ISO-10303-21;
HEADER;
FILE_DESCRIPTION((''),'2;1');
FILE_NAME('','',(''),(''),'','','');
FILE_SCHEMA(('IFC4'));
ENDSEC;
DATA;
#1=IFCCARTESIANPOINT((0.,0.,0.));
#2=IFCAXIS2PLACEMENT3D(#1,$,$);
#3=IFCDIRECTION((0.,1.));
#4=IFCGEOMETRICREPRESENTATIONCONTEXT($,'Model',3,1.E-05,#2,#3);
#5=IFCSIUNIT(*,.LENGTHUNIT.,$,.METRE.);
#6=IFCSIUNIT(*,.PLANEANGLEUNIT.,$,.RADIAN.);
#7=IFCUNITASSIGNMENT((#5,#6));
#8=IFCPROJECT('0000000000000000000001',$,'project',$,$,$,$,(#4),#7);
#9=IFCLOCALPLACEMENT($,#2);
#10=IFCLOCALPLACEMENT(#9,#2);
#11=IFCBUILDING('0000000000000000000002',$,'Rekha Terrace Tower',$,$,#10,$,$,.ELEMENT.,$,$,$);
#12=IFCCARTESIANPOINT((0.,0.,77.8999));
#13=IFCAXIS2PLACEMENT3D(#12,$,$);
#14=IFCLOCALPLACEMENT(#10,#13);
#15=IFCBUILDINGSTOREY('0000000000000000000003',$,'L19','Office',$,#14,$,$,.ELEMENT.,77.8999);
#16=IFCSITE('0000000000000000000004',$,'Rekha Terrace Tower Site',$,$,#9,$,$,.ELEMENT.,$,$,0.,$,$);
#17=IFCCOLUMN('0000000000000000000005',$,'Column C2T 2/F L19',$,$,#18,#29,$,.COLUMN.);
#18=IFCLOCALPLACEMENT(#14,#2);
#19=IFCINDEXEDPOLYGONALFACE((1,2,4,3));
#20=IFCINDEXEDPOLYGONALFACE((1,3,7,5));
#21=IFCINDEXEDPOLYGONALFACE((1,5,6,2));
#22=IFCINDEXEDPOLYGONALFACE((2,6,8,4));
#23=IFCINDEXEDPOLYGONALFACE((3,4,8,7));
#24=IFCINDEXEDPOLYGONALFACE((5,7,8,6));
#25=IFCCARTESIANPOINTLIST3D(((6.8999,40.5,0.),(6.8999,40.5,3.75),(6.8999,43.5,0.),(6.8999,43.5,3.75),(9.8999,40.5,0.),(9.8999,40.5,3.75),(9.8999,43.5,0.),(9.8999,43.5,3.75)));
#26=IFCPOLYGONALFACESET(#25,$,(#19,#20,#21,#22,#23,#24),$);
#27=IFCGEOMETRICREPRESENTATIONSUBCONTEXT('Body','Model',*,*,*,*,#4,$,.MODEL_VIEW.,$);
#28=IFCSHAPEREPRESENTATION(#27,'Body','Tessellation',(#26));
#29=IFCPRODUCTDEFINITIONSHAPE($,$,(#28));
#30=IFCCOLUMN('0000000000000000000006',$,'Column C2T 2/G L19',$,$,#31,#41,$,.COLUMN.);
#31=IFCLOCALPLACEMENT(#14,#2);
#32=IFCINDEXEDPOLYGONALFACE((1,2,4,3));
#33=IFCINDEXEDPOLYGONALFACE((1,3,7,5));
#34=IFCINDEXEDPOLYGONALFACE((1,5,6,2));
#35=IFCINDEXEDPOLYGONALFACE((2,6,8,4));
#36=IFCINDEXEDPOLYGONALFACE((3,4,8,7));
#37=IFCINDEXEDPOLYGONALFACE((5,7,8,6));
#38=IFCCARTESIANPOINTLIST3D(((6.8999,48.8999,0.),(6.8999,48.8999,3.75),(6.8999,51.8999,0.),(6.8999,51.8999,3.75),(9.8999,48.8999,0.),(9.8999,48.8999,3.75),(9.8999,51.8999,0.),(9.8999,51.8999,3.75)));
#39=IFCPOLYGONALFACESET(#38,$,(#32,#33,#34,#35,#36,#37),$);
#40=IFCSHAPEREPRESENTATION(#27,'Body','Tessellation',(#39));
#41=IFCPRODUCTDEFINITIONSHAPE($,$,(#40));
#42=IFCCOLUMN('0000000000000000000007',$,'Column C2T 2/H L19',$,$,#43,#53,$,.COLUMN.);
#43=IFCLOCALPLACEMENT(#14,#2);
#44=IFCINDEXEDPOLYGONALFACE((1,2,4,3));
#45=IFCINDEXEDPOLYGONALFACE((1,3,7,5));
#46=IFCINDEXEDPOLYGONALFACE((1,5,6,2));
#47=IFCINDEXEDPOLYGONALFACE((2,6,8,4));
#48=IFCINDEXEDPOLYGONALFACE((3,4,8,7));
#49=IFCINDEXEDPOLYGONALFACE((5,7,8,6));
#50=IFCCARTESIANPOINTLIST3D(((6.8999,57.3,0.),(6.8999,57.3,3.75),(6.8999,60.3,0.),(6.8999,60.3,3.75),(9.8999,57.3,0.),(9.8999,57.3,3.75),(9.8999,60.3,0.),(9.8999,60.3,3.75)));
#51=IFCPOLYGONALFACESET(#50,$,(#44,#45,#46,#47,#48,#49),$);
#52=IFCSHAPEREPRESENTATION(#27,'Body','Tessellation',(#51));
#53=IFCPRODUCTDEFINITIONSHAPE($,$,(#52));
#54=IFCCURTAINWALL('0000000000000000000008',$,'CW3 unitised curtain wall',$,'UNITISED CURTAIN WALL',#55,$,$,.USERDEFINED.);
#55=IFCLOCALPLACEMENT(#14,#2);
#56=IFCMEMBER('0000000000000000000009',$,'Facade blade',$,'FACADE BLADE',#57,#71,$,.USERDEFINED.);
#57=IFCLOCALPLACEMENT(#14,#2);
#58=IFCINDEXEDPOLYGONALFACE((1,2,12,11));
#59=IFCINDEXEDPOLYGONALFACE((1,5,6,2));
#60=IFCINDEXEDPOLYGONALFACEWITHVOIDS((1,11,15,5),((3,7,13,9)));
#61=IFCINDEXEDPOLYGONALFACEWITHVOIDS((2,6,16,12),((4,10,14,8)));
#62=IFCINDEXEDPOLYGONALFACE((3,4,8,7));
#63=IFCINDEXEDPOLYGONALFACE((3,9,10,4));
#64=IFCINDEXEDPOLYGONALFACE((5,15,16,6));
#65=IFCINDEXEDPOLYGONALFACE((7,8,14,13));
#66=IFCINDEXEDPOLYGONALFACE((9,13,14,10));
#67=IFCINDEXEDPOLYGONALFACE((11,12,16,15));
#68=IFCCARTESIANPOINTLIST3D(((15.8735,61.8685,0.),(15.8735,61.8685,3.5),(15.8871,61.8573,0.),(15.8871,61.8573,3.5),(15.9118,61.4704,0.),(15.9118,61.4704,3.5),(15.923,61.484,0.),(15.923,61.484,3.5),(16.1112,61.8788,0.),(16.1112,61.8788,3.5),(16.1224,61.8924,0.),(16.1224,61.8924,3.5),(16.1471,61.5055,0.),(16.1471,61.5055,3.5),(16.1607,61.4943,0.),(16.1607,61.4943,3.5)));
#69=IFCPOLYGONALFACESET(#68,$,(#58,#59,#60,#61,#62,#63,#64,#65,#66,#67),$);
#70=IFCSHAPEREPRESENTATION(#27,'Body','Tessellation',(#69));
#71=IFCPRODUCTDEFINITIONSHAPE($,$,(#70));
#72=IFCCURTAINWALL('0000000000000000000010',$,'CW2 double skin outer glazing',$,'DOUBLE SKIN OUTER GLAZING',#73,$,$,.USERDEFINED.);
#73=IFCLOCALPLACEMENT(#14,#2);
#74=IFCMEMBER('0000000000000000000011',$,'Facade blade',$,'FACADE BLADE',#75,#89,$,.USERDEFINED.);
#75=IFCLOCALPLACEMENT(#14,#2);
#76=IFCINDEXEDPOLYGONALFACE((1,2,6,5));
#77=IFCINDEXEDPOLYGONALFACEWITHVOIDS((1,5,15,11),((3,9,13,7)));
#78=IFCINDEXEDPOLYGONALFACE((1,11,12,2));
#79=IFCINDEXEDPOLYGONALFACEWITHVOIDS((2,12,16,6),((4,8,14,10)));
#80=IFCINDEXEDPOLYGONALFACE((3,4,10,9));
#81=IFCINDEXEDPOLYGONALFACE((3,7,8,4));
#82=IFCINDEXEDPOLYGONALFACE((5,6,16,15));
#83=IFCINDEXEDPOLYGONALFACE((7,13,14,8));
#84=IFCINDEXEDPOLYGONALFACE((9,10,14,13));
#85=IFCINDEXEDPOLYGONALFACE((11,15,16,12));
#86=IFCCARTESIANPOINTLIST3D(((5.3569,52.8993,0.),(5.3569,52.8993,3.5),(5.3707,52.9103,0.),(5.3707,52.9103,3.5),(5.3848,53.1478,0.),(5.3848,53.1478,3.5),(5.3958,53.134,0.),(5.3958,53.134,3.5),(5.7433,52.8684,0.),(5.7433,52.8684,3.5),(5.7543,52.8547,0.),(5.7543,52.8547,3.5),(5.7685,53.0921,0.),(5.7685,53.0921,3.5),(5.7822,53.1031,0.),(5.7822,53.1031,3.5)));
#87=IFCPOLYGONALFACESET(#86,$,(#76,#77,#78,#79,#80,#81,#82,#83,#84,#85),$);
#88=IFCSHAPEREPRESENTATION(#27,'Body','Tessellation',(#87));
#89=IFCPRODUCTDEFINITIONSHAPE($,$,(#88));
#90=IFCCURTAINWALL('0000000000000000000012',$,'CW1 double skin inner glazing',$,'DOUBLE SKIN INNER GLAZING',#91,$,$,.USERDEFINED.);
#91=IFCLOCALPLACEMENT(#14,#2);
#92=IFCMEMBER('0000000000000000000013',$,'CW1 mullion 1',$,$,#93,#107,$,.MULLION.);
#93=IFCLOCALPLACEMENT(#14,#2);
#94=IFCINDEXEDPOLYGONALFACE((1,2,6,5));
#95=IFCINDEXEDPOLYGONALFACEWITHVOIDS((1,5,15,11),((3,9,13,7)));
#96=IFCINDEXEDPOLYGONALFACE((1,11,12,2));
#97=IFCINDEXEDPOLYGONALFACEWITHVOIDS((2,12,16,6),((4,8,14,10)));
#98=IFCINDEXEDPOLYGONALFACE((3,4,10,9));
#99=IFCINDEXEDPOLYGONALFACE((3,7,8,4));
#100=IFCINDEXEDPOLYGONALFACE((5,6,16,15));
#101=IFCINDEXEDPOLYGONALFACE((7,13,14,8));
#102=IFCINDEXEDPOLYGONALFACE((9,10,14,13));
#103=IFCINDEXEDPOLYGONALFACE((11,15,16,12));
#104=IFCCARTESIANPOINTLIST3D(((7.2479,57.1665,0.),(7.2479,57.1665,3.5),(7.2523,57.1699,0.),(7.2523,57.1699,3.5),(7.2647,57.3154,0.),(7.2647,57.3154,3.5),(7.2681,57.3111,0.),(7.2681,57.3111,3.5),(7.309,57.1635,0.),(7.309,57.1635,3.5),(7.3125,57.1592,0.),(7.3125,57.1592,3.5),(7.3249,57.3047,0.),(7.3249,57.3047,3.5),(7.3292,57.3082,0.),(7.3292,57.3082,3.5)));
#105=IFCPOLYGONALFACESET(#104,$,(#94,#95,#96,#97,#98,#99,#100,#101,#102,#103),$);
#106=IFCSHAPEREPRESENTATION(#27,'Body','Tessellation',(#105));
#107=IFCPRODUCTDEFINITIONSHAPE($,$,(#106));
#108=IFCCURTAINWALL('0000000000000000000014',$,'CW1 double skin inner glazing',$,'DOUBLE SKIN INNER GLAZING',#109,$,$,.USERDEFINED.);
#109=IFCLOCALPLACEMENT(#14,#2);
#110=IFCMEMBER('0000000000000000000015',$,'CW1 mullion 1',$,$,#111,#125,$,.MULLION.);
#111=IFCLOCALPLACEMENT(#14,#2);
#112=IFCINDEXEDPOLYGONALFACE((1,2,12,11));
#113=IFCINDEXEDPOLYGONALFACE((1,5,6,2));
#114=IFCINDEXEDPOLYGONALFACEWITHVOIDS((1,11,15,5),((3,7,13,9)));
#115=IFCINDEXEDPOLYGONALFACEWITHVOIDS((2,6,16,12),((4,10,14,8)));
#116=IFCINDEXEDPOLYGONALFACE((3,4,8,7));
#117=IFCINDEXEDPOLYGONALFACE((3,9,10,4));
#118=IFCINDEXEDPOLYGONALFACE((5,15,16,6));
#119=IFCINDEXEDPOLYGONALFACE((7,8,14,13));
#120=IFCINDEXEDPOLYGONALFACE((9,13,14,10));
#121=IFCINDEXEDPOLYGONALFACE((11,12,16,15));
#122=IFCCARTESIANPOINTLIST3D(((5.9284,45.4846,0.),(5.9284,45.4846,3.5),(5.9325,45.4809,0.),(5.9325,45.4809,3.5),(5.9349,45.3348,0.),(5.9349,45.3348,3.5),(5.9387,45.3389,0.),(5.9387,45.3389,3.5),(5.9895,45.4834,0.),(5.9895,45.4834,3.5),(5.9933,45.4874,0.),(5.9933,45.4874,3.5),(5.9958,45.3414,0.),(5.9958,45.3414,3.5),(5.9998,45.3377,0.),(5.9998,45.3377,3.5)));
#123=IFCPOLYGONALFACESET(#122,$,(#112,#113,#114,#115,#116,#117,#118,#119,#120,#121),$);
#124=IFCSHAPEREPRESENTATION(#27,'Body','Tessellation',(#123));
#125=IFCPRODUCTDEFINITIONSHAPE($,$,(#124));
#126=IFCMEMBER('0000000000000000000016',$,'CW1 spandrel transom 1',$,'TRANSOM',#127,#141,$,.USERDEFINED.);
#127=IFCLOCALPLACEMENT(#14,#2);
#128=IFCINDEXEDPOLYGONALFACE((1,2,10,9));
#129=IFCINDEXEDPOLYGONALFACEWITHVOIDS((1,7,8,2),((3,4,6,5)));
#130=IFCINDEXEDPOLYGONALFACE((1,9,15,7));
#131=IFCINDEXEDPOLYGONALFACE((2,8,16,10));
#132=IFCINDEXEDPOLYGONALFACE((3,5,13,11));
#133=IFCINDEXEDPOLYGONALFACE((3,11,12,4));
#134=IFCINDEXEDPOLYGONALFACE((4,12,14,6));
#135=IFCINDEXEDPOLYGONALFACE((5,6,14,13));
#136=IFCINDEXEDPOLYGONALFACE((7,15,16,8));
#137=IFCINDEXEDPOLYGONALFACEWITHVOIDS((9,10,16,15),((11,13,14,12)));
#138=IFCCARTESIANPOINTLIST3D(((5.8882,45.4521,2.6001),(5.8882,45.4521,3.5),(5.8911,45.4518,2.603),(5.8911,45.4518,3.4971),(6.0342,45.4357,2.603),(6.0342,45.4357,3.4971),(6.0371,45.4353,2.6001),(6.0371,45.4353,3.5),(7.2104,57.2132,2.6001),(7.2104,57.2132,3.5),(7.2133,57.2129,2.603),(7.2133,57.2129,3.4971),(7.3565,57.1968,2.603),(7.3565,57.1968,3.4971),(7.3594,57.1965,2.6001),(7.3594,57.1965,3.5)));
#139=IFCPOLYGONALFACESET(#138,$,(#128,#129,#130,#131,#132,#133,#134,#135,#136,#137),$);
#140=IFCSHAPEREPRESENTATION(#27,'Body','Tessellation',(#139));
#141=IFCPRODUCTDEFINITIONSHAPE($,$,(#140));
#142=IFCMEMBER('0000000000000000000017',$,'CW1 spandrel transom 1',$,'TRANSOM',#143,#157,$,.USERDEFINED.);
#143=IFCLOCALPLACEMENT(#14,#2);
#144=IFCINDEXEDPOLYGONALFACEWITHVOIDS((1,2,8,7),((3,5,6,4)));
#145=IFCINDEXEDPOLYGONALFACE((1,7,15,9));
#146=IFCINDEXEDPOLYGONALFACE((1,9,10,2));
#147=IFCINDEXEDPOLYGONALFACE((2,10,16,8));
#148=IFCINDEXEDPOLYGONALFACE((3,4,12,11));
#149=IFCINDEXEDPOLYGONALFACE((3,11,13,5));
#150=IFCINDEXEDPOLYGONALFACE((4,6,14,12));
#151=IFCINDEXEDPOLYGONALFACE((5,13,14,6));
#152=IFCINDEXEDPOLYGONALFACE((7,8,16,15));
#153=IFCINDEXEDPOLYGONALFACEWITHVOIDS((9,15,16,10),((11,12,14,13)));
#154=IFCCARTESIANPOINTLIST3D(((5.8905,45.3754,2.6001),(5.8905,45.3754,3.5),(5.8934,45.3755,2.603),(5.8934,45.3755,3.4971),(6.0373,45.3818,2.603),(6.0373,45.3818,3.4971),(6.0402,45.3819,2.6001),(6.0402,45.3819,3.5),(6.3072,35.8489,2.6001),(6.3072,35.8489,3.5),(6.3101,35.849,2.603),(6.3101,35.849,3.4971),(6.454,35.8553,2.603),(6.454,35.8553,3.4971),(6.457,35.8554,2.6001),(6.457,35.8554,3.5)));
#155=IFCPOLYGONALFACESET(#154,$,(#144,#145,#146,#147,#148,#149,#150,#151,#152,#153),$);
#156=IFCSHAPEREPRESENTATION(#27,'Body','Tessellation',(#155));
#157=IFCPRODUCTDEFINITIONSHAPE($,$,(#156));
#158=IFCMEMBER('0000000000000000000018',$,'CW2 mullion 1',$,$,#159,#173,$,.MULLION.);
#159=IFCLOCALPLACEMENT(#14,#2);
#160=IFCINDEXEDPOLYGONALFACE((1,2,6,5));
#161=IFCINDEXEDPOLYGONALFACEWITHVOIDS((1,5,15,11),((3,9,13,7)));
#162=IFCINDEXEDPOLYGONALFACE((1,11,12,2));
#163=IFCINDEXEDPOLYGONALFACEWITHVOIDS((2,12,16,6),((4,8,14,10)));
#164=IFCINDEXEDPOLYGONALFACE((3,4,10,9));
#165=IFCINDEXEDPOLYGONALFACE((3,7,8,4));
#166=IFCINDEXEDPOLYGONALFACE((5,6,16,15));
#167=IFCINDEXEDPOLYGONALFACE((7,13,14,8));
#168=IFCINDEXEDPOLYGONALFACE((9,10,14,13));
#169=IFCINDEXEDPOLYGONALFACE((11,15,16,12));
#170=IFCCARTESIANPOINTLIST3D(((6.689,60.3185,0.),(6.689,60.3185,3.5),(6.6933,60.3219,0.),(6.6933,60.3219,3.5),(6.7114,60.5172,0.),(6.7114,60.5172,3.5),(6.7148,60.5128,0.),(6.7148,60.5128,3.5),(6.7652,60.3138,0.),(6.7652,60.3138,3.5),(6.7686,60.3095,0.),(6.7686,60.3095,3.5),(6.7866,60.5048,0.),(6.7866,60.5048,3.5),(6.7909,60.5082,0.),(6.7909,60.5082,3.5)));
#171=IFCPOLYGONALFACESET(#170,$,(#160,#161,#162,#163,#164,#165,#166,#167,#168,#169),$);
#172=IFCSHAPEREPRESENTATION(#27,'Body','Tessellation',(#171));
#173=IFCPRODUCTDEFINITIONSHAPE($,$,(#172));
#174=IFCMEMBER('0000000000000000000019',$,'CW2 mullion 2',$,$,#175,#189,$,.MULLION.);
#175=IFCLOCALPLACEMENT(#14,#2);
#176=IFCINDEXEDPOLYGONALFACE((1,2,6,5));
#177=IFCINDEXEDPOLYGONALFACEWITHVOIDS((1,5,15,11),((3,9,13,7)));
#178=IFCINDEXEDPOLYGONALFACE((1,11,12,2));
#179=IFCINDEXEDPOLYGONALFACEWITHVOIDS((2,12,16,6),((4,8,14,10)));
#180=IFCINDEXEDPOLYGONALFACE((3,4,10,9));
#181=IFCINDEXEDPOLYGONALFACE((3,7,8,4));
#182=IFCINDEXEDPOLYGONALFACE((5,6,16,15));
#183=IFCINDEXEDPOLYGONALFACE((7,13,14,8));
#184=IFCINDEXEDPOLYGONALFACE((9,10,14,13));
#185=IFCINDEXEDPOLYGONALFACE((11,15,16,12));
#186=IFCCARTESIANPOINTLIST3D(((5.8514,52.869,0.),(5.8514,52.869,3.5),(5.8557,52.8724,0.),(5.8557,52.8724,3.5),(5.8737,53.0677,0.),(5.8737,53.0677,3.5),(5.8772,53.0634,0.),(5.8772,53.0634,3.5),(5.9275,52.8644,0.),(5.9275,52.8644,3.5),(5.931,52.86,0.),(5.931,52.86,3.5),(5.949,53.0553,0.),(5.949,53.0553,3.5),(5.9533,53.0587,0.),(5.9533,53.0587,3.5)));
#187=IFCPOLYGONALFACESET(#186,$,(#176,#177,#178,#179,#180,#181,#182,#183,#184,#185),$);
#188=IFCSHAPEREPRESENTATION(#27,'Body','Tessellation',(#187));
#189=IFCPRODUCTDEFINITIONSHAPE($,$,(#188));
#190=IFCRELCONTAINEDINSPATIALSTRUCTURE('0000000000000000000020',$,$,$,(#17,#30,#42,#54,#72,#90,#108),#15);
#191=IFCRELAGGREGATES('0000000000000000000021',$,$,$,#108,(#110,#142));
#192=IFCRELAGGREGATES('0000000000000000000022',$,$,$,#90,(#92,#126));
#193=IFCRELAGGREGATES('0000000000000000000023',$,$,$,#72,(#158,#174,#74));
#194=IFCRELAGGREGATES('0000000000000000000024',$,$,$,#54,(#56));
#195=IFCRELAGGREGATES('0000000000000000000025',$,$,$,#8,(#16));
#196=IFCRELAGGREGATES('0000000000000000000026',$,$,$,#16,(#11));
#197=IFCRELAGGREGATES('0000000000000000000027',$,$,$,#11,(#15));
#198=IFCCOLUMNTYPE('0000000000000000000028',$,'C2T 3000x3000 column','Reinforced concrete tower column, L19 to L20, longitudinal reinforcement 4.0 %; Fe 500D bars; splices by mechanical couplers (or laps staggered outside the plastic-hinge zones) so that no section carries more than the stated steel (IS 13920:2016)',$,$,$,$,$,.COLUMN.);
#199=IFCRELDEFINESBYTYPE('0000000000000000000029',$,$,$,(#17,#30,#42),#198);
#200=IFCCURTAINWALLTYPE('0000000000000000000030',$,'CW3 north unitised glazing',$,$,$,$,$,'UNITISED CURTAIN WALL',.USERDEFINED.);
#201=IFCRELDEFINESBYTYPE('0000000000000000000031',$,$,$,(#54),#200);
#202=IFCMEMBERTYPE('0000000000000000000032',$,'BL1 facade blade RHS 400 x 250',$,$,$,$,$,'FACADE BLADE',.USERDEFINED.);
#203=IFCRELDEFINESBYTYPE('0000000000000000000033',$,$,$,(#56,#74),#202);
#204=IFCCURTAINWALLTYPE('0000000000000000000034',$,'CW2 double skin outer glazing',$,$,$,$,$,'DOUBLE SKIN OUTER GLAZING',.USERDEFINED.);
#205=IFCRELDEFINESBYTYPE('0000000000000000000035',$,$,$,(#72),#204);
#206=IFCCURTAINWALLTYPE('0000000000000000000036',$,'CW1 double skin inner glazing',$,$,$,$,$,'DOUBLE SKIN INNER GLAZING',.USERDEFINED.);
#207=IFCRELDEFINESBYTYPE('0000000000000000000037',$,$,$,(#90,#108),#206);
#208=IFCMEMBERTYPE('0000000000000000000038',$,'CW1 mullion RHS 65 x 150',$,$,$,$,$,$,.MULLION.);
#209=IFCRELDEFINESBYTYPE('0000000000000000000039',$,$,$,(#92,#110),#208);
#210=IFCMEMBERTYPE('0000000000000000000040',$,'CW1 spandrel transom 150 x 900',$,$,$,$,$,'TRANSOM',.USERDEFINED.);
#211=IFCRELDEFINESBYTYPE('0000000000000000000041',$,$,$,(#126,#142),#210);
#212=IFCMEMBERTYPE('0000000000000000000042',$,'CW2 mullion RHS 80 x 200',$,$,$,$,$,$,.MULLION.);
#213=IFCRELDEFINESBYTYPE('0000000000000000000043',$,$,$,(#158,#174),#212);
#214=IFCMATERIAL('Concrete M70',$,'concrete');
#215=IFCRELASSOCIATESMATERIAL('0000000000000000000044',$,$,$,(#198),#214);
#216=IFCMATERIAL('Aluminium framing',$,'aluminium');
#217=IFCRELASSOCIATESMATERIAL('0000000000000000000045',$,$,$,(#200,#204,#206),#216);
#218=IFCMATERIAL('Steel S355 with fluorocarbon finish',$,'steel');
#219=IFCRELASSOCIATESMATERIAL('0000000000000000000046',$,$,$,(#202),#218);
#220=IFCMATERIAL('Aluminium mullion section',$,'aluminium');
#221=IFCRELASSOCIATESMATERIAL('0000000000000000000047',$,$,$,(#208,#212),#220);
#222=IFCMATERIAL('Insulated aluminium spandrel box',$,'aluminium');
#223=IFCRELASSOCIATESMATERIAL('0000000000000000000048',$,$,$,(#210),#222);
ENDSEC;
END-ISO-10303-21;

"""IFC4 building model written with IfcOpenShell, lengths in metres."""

from ifc_helpers import new_model, si_unit, direction, frame, origin, origin_2d, place, context, subcontext, project, spatial, rectangle, hollow_rectangle, extrude, material, material_profile, profile_set, type_object, element, aggregate, save


model = new_model("IFC4")

# Units and contexts
model_context = context("Model", 3, precision=1e-05, world=origin(), true_north=direction((0.0, 1.0)))
body_context = subcontext(model_context, "Body", "Model", "MODEL_VIEW")
ifc_project = project(units=[si_unit("LENGTHUNIT", "METRE"), si_unit("PLANEANGLEUNIT", "RADIAN")], contexts=[model_context])

# Site, building, storey
site_placement = place(None, origin())
site = spatial("IfcSite", under=ifc_project, at=site_placement, Name="Rekha Terrace Tower Site", CompositionType="ELEMENT", RefElevation=0.0)
building_placement = place(site_placement, origin())
building = spatial("IfcBuilding", under=site, at=building_placement, Name="Rekha Terrace Tower", CompositionType="ELEMENT")
storey_placement = place(building_placement, frame((0.0, 0.0, 77.8999)))
storey = spatial("IfcBuildingStorey", under=building, at=storey_placement, Name="L19", Description="Office", CompositionType="ELEMENT", Elevation=77.8999)

# Columns
ifc_material_1 = material(Name="Concrete M70", Category="concrete")
ifc_material_profile_1 = material_profile(ifc_material_1, rectangle(XDim=3.0, YDim=3.0, at=origin_2d()), Name="RC 3000x3000")
ifc_profile_set_1 = profile_set([ifc_material_profile_1], Name="Concrete M70")
column_type = type_object("IfcColumnType", Name="C2T 3000x3000 column", Description="Reinforced concrete tower column, L19 to L20, longitudinal reinforcement 4.0 %; Fe 500D bars; splices by mechanical couplers (or laps staggered outside the plastic-hinge zones) so that no section carries more than the stated steel (IS 13920:2016)", PredefinedType="COLUMN", material=ifc_profile_set_1)
for number, where, z_axis, x_axis, name in (
    (1, (8.3999, 42.0, 0.0), (0.0, 0.0, 1.0), (1.0, 0.0, 0.0), "Column C2T 2/F L19"),
    (2, (8.3999, 50.3999, 0.0), (0.0, 0.0, 1.0), (1.0, 0.0, 0.0), "Column C2T 2/G L19"),
    (3, (8.3999, 58.8, 0.0), (0.0, 0.0, 1.0), (1.0, 0.0, 0.0), "Column C2T 2/H L19"),
):
    element("IfcColumn", number, at=place(storey_placement, frame(where, z_axis=z_axis, x_axis=x_axis)), inside=storey, type_object=column_type, Name=name, PredefinedType="COLUMN", context=body_context, shape_type="SweptSolid", body=[
        extrude(rectangle(XDim=3.0, YDim=3.0, at=origin_2d()), origin(), (0.0, 0.0, 1.0), 3.75),
    ])

# Curtain walls, members
ifc_material_2 = material(Name="Aluminium framing", Category="aluminium")
curtain_wall_type_1 = type_object("IfcCurtainWallType", Name="CW3 north unitised glazing", ElementType="UNITISED CURTAIN WALL", PredefinedType="USERDEFINED", material=ifc_material_2)
curtain_wall_1_placement = place(storey_placement, origin())
curtain_wall_1 = element("IfcCurtainWall", 4, at=curtain_wall_1_placement, inside=storey, type_object=curtain_wall_type_1, Name="CW3 unitised curtain wall", ObjectType="UNITISED CURTAIN WALL", PredefinedType="USERDEFINED")
ifc_material_3 = material(Name="Steel S355 with fluorocarbon finish", Category="steel")
ifc_material_profile_2 = material_profile(ifc_material_3, hollow_rectangle(XDim=0.25, YDim=0.3999, WallThickness=0.0125, at=origin_2d()), Name="RHS400x250x12.5")
ifc_profile_set_2 = profile_set([ifc_material_profile_2], Name="Steel S355 with fluorocarbon finish")
member_type_1 = type_object("IfcMemberType", Name="BL1 facade blade RHS 400 x 250", ElementType="FACADE BLADE", PredefinedType="USERDEFINED", material=ifc_profile_set_2)
member_1_placement = place(storey_placement, frame((16.0171, 61.6814, 0.0), z_axis=(0.0, 0.0, 1.0), x_axis=(-0.995409, -0.095712, 0.0)))
member_1 = element("IfcMember", 5, at=member_1_placement, type_object=member_type_1, Name="Facade blade", ObjectType="FACADE BLADE", PredefinedType="USERDEFINED", context=body_context, shape_type="SweptSolid", body=[
    extrude(hollow_rectangle(XDim=0.25, YDim=0.3999, WallThickness=0.0125, at=origin_2d()), origin(), (0.0, 0.0, 1.0), 3.5),
])
curtain_wall_type_2 = type_object("IfcCurtainWallType", Name="CW2 double skin outer glazing", ElementType="DOUBLE SKIN OUTER GLAZING", PredefinedType="USERDEFINED", material=ifc_material_2)
curtain_wall_2_placement = place(storey_placement, origin())
curtain_wall_2 = element("IfcCurtainWall", 6, at=curtain_wall_2_placement, inside=storey, type_object=curtain_wall_type_2, Name="CW2 double skin outer glazing", ObjectType="DOUBLE SKIN OUTER GLAZING", PredefinedType="USERDEFINED")
member_2_placement = place(storey_placement, frame((5.5696, 53.0012, 0.0), z_axis=(0.0, 0.0, 1.0), x_axis=(-0.111729, -0.993739, 0.0)))
member_2 = element("IfcMember", 7, at=member_2_placement, type_object=member_type_1, Name="Facade blade", ObjectType="FACADE BLADE", PredefinedType="USERDEFINED", context=body_context, shape_type="SweptSolid", body=[
    extrude(hollow_rectangle(XDim=0.25, YDim=0.3999, WallThickness=0.0125, at=origin_2d()), origin(), (0.0, 0.0, 1.0), 3.5),
])
curtain_wall_type_3 = type_object("IfcCurtainWallType", Name="CW1 double skin inner glazing", ElementType="DOUBLE SKIN INNER GLAZING", PredefinedType="USERDEFINED", material=ifc_material_2)
curtain_wall_3_placement = place(storey_placement, origin())
curtain_wall_3 = element("IfcCurtainWall", 8, at=curtain_wall_3_placement, inside=storey, type_object=curtain_wall_type_3, Name="CW1 double skin inner glazing", ObjectType="DOUBLE SKIN INNER GLAZING", PredefinedType="USERDEFINED")
ifc_material_4 = material(Name="Aluminium mullion section", Category="aluminium")
ifc_material_profile_3 = material_profile(ifc_material_4, hollow_rectangle(XDim=0.0649, YDim=0.1499, WallThickness=0.0039, at=origin_2d()), Name="AL RHS 65x150")
ifc_profile_set_3 = profile_set([ifc_material_profile_3], Name="Aluminium mullion section")
member_type_2 = type_object("IfcMemberType", Name="CW1 mullion RHS 65 x 150", PredefinedType="MULLION", material=ifc_profile_set_3)
member_3_placement = place(storey_placement, frame((7.2886, 57.2373, 0.0), z_axis=(0.0, 0.0, 1.0), x_axis=(0.993739, -0.11173, 0.0)))
member_3 = element("IfcMember", 9, at=member_3_placement, type_object=member_type_2, Name="CW1 mullion 1", PredefinedType="MULLION", context=body_context, shape_type="SweptSolid", body=[
    extrude(hollow_rectangle(XDim=0.0649, YDim=0.1499, WallThickness=0.0039, at=origin_2d()), origin(), (0.0, 0.0, 1.0), 3.5),
])
curtain_wall_4_placement = place(storey_placement, origin())
curtain_wall_4 = element("IfcCurtainWall", 10, at=curtain_wall_4_placement, inside=storey, type_object=curtain_wall_type_3, Name="CW1 double skin inner glazing", ObjectType="DOUBLE SKIN INNER GLAZING", PredefinedType="USERDEFINED")
member_4_placement = place(storey_placement, frame((5.9641, 45.4111, 0.0), z_axis=(0.0, 0.0, 1.0), x_axis=(0.999045, 0.043683, 0.0)))
member_4 = element("IfcMember", 11, at=member_4_placement, type_object=member_type_2, Name="CW1 mullion 1", PredefinedType="MULLION", context=body_context, shape_type="SweptSolid", body=[
    extrude(hollow_rectangle(XDim=0.0649, YDim=0.1499, WallThickness=0.0039, at=origin_2d()), origin(), (0.0, 0.0, 1.0), 3.5),
])

# Members
ifc_material_5 = material(Name="Insulated aluminium spandrel box", Category="aluminium")
ifc_material_profile_4 = material_profile(ifc_material_5, hollow_rectangle(XDim=0.1499, YDim=0.8999, WallThickness=0.0029, at=origin_2d()), Name="AL SPANDREL BOX 150x900")
ifc_profile_set_4 = profile_set([ifc_material_profile_4], Name="Insulated aluminium spandrel box")
member_type_3 = type_object("IfcMemberType", Name="CW1 spandrel transom 150 x 900", ElementType="TRANSOM", PredefinedType="USERDEFINED", material=ifc_profile_set_4)
member_5_placement = place(storey_placement, frame((7.2849, 57.2048, 3.05), z_axis=(-0.111722, -0.99374, 0.0), x_axis=(0.99374, -0.111722, 0.0)))
member_5 = element("IfcMember", 12, at=member_5_placement, type_object=member_type_3, Name="CW1 spandrel transom 1", ObjectType="TRANSOM", PredefinedType="USERDEFINED", context=body_context, shape_type="SweptSolid", body=[
    extrude(hollow_rectangle(XDim=0.1499, YDim=0.8999, WallThickness=0.0029, at=origin_2d()), origin(), (0.0, 0.0, 1.0), 11.8352),
])
member_6_placement = place(storey_placement, frame((5.9653, 45.3787, 3.05), z_axis=(0.043704, -0.999045, 0.0), x_axis=(0.999045, 0.043704, 0.0)))
member_6 = element("IfcMember", 13, at=member_6_placement, type_object=member_type_3, Name="CW1 spandrel transom 1", ObjectType="TRANSOM", PredefinedType="USERDEFINED", context=body_context, shape_type="SweptSolid", body=[
    extrude(hollow_rectangle(XDim=0.1499, YDim=0.8999, WallThickness=0.0029, at=origin_2d()), origin(), (0.0, 0.0, 1.0), 9.5356),
])
aggregate(curtain_wall_4, [member_4, member_6])
ifc_material_profile_5 = material_profile(ifc_material_4, hollow_rectangle(XDim=0.0801, YDim=0.2, WallThickness=0.0039, at=origin_2d()), Name="AL RHS 80x200")
ifc_profile_set_5 = profile_set([ifc_material_profile_5], Name="Aluminium mullion section")
member_type_4 = type_object("IfcMemberType", Name="CW2 mullion RHS 80 x 200", PredefinedType="MULLION", material=ifc_profile_set_5)
member_7_placement = place(storey_placement, frame((6.74, 60.4133, 0.0), z_axis=(0.0, 0.0, 1.0), x_axis=(0.993739, -0.11173, 0.0)))
member_7 = element("IfcMember", 14, at=member_7_placement, type_object=member_type_4, Name="CW2 mullion 1", PredefinedType="MULLION", context=body_context, shape_type="SweptSolid", body=[
    extrude(hollow_rectangle(XDim=0.0801, YDim=0.2, WallThickness=0.0039, at=origin_2d()), origin(), (0.0, 0.0, 1.0), 3.5),
])
member_8_placement = place(storey_placement, frame((5.9023, 52.9639, 0.0), z_axis=(0.0, 0.0, 1.0), x_axis=(0.993739, -0.11173, 0.0)))
member_8 = element("IfcMember", 15, at=member_8_placement, type_object=member_type_4, Name="CW2 mullion 2", PredefinedType="MULLION", context=body_context, shape_type="SweptSolid", body=[
    extrude(hollow_rectangle(XDim=0.0801, YDim=0.2, WallThickness=0.0039, at=origin_2d()), origin(), (0.0, 0.0, 1.0), 3.5),
])

aggregate(curtain_wall_3, [member_3, member_5])
aggregate(curtain_wall_2, [member_7, member_8, member_2])
aggregate(curtain_wall_1, [member_1])

save(model, "model.ifc")
